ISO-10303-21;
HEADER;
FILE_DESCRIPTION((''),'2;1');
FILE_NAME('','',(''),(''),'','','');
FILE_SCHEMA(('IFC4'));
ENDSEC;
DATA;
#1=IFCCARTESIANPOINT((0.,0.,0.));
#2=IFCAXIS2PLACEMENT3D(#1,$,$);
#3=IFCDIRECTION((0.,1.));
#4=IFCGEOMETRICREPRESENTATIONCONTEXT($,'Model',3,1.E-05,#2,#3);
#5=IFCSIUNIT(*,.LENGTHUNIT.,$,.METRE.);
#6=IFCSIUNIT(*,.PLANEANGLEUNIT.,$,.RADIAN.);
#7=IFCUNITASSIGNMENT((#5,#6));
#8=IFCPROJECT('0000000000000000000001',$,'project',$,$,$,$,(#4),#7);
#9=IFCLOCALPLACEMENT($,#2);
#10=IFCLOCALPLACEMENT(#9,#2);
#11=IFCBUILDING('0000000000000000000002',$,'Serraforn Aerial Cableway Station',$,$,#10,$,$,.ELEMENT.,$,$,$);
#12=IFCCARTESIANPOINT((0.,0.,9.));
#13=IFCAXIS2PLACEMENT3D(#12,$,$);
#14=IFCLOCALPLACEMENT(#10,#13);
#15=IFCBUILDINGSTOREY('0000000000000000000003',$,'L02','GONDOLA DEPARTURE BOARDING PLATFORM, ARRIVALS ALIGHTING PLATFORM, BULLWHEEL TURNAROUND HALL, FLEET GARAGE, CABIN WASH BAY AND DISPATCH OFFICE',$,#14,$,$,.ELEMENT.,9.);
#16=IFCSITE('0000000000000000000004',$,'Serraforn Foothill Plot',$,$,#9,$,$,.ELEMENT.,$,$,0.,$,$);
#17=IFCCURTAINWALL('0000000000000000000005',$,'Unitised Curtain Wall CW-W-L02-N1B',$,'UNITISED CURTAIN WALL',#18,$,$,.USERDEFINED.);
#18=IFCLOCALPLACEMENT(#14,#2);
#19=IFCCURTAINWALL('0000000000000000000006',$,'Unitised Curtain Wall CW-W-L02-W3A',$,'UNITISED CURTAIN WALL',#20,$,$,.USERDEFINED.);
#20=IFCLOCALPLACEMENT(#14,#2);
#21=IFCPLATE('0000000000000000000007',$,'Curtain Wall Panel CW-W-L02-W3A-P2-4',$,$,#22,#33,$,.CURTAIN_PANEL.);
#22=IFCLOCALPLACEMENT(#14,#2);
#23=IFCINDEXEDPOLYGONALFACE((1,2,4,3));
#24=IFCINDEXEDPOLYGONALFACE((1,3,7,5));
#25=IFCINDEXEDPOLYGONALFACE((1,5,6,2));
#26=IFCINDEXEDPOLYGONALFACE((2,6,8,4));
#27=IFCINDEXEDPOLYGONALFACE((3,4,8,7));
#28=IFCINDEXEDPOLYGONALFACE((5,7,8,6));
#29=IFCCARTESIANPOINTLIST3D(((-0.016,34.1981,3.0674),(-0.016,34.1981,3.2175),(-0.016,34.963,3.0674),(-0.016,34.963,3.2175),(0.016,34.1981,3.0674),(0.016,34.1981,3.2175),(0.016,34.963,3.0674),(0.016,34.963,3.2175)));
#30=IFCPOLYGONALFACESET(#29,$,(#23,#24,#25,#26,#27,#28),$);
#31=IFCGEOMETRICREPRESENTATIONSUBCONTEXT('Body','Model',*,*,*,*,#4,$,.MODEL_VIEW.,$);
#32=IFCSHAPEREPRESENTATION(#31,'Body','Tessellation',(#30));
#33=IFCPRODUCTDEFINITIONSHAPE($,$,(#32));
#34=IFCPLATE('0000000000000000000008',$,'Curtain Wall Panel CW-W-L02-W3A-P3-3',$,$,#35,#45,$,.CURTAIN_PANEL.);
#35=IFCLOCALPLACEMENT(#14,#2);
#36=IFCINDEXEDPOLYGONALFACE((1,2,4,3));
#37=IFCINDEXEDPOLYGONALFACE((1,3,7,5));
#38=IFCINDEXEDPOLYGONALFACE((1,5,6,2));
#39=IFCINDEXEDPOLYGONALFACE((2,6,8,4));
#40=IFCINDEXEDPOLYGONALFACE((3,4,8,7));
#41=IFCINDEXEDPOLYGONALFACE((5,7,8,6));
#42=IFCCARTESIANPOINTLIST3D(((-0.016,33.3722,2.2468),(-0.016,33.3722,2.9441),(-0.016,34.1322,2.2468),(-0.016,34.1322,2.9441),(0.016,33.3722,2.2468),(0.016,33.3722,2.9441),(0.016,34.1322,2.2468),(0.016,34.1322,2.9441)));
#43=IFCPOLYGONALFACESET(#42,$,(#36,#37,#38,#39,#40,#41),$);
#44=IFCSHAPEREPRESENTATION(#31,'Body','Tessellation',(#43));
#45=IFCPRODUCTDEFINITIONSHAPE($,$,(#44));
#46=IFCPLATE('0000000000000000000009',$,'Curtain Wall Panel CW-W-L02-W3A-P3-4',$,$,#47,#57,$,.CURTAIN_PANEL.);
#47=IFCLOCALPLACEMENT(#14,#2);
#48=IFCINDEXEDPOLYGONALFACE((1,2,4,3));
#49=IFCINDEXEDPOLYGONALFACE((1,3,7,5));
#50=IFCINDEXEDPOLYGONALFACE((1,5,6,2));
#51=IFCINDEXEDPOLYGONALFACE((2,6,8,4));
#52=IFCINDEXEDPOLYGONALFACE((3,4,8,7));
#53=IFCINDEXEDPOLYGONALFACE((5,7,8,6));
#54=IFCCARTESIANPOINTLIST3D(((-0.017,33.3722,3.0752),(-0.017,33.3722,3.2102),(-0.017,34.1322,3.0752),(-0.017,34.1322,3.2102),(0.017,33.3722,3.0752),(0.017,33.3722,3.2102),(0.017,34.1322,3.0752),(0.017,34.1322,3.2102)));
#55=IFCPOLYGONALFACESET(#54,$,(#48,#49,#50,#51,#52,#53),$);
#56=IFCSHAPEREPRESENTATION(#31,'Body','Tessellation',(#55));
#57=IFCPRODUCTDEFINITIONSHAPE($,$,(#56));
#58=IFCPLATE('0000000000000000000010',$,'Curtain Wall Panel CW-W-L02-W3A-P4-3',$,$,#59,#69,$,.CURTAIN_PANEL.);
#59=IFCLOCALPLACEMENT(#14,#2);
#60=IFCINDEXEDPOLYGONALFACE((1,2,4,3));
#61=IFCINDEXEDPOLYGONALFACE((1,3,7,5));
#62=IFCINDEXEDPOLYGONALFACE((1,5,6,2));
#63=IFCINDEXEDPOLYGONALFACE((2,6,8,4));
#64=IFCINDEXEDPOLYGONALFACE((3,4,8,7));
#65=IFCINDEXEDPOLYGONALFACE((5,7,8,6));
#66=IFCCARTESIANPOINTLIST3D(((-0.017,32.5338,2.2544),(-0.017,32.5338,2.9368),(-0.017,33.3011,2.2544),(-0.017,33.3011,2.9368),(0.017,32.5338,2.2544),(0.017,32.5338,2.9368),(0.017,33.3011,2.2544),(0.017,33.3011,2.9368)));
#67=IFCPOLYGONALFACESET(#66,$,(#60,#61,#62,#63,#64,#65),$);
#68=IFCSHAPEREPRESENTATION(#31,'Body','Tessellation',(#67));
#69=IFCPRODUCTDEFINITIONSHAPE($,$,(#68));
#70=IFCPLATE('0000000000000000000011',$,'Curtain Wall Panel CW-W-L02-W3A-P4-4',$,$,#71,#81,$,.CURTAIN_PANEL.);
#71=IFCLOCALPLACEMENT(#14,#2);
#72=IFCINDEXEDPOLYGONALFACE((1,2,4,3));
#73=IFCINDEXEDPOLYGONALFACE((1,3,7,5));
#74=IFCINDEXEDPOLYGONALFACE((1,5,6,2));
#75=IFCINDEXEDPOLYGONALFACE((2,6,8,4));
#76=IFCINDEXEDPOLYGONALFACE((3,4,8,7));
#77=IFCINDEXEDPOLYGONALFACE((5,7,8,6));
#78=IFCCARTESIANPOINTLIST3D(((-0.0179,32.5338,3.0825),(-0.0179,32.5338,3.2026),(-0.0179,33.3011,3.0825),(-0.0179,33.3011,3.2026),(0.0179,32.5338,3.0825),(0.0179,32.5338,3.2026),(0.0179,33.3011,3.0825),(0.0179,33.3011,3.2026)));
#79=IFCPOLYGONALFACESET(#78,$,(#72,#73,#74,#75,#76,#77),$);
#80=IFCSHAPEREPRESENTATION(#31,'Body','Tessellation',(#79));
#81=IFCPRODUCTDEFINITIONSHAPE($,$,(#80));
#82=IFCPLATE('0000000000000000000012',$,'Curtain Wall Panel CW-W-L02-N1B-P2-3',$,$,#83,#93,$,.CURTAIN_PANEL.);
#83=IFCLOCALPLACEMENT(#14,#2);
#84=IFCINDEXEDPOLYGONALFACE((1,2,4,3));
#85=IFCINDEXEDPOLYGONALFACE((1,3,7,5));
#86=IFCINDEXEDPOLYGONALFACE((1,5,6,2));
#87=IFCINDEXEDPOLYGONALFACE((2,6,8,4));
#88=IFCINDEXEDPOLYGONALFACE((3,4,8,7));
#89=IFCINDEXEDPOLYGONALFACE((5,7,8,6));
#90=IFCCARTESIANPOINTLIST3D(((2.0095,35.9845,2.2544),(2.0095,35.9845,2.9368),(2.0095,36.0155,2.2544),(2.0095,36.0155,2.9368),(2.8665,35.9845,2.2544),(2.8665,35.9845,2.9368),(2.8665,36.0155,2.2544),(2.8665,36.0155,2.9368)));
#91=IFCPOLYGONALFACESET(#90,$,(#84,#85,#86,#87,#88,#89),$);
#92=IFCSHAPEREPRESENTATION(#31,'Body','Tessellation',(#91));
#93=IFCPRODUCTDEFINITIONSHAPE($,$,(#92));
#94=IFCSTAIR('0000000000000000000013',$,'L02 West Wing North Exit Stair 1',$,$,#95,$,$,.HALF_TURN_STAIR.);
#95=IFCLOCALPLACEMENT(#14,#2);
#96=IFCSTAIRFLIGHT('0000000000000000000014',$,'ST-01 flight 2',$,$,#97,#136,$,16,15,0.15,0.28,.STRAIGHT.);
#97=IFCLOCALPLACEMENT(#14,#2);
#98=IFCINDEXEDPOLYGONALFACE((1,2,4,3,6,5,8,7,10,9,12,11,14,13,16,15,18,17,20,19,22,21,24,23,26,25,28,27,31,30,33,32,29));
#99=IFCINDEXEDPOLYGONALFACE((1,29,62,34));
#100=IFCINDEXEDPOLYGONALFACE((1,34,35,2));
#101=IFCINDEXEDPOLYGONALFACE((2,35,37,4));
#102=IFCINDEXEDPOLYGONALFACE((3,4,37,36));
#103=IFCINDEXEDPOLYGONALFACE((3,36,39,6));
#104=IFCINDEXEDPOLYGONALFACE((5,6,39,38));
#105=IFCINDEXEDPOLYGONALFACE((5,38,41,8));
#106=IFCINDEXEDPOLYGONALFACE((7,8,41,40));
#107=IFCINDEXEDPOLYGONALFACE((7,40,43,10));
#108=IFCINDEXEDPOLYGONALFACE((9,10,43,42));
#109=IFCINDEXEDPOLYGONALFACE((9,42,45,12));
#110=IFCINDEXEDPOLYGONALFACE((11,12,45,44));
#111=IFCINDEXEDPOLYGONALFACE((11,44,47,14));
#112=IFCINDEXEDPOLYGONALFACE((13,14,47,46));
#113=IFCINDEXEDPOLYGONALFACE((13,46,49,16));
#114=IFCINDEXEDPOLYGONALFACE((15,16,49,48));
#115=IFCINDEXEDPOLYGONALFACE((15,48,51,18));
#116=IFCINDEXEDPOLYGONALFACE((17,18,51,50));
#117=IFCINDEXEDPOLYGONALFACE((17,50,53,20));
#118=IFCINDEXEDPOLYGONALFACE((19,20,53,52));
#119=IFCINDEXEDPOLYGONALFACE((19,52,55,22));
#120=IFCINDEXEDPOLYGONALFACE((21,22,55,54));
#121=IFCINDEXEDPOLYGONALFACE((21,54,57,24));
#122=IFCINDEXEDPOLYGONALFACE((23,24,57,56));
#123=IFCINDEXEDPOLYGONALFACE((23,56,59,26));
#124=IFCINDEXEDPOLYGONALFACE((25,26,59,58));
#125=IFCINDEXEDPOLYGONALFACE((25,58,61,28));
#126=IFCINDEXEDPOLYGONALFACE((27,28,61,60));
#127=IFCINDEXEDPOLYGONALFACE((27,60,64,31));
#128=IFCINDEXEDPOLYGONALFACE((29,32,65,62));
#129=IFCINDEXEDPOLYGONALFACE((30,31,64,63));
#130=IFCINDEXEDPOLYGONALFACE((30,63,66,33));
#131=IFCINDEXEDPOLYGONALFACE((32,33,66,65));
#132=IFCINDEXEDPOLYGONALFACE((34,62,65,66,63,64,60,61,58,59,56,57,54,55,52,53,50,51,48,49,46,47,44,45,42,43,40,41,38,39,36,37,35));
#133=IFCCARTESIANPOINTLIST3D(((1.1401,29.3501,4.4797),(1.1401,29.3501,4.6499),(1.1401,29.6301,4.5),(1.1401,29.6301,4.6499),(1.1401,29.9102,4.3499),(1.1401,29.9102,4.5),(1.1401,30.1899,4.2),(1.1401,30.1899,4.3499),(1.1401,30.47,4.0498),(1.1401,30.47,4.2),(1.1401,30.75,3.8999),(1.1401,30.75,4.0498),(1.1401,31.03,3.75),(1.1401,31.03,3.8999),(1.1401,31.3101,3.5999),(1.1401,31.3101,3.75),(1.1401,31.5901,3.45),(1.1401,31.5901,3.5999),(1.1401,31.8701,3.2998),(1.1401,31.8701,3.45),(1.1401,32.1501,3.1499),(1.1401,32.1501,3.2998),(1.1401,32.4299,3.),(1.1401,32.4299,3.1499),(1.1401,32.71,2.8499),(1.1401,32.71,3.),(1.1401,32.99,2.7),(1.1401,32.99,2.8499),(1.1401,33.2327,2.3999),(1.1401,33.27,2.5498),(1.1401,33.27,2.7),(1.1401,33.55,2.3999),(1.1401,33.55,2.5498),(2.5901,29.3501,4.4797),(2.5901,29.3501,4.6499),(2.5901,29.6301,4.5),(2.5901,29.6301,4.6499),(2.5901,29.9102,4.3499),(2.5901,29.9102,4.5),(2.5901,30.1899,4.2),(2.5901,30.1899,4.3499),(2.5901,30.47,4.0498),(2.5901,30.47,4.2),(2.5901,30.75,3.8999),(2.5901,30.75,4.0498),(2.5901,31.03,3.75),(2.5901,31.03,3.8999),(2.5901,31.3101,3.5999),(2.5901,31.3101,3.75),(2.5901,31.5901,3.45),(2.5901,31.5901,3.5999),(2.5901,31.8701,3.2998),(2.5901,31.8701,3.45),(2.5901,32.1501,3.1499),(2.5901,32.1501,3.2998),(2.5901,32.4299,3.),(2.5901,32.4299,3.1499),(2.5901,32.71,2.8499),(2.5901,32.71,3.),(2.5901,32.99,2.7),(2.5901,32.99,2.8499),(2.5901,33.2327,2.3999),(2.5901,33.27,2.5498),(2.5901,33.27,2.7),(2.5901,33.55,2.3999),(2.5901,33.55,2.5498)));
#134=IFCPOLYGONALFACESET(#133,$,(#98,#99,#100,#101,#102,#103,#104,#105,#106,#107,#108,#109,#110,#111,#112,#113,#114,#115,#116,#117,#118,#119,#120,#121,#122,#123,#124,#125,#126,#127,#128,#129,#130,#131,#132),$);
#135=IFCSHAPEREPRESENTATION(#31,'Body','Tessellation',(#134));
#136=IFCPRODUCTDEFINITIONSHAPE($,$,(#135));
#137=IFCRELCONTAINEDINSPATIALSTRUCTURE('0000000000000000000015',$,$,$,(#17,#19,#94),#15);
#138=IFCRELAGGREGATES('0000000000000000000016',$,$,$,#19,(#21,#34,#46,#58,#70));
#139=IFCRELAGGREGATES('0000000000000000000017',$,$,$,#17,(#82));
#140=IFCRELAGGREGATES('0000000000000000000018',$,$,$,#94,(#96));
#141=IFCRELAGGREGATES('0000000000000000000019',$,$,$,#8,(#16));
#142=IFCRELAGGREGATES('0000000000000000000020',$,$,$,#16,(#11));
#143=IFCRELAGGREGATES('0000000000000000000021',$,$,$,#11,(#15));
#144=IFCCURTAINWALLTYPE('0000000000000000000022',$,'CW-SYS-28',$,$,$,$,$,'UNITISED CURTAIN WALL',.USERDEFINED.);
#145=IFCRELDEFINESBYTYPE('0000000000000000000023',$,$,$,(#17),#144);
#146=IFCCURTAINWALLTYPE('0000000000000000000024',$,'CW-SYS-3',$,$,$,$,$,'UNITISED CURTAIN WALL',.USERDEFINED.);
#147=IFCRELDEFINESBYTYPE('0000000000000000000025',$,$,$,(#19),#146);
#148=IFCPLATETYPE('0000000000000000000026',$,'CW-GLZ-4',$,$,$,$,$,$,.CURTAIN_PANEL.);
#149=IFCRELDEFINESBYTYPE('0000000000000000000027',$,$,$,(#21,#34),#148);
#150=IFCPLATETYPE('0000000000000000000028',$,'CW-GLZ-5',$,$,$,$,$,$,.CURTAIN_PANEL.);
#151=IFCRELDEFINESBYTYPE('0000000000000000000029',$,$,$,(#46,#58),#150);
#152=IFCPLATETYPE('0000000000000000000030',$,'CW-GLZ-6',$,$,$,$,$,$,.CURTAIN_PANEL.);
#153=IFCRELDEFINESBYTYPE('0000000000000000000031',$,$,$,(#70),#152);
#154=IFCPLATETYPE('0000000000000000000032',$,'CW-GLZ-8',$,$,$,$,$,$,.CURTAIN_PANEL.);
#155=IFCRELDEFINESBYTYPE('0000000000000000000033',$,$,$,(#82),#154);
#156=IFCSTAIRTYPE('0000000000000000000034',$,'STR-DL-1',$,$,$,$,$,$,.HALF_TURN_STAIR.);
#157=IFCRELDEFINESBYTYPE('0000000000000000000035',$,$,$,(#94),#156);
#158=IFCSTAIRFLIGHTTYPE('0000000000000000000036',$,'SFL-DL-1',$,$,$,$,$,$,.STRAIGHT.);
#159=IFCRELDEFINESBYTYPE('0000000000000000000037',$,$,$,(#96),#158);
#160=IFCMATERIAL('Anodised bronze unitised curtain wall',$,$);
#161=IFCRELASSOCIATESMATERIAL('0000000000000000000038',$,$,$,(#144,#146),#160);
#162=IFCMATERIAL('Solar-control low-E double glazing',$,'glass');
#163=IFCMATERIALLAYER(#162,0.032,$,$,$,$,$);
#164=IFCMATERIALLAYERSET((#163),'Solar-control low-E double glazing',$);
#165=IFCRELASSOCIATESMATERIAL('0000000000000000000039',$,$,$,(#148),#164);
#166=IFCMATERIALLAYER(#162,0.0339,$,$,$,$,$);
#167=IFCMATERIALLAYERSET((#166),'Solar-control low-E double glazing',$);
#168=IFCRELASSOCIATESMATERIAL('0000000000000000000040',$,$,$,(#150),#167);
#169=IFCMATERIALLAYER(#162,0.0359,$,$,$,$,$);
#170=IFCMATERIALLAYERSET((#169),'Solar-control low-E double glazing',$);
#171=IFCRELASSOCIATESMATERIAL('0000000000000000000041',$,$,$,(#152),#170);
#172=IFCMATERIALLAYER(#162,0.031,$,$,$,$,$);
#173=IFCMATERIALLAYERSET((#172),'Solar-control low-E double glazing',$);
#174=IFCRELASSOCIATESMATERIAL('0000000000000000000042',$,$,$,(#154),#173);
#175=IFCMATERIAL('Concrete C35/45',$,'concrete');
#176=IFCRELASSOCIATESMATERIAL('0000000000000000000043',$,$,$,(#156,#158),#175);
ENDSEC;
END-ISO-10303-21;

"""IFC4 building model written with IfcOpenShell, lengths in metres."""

from ifc_helpers import new_model, si_unit, direction, frame, origin, origin_2d, place, context, subcontext, project, spatial, polyline, rectangle, outline, extrude, material, layer, layer_set, type_object, element, aggregate, save


model = new_model("IFC4")

# Units and contexts
model_context = context("Model", 3, precision=1e-05, world=origin(), true_north=direction((0.0, 1.0)))
body_context = subcontext(model_context, "Body", "Model", "MODEL_VIEW")
ifc_project = project(units=[si_unit("LENGTHUNIT", "METRE"), si_unit("PLANEANGLEUNIT", "RADIAN")], contexts=[model_context])

# Site, building, storey
site_placement = place(None, origin())
site = spatial("IfcSite", under=ifc_project, at=site_placement, Name="Serraforn Foothill Plot", CompositionType="ELEMENT", RefElevation=0.0)
building_placement = place(site_placement, origin())
building = spatial("IfcBuilding", under=site, at=building_placement, Name="Serraforn Aerial Cableway Station", CompositionType="ELEMENT")
storey_placement = place(building_placement, frame((0.0, 0.0, 9.0)))
storey = spatial("IfcBuildingStorey", under=building, at=storey_placement, Name="L02", Description="GONDOLA DEPARTURE BOARDING PLATFORM, ARRIVALS ALIGHTING PLATFORM, BULLWHEEL TURNAROUND HALL, FLEET GARAGE, CABIN WASH BAY AND DISPATCH OFFICE", CompositionType="ELEMENT", Elevation=9.0)

# Curtain walls
ifc_material_1 = material(Name="Anodised bronze unitised curtain wall")
curtain_wall_type_1 = type_object("IfcCurtainWallType", Name="CW-SYS-28", ElementType="UNITISED CURTAIN WALL", PredefinedType="USERDEFINED", material=ifc_material_1)
curtain_wall_1_placement = place(storey_placement, origin())
curtain_wall_1 = element("IfcCurtainWall", 1, at=curtain_wall_1_placement, inside=storey, type_object=curtain_wall_type_1, Name="Unitised Curtain Wall CW-W-L02-N1B", ObjectType="UNITISED CURTAIN WALL", PredefinedType="USERDEFINED")
curtain_wall_type_2 = type_object("IfcCurtainWallType", Name="CW-SYS-3", ElementType="UNITISED CURTAIN WALL", PredefinedType="USERDEFINED", material=ifc_material_1)
curtain_wall_2_placement = place(storey_placement, origin())
curtain_wall_2 = element("IfcCurtainWall", 2, at=curtain_wall_2_placement, inside=storey, type_object=curtain_wall_type_2, Name="Unitised Curtain Wall CW-W-L02-W3A", ObjectType="UNITISED CURTAIN WALL", PredefinedType="USERDEFINED")

# Plates
ifc_material_2 = material(Name="Solar-control low-E double glazing", Category="glass")
ifc_layer_1 = layer(ifc_material_2, 0.032)
ifc_layer_set_1 = layer_set([ifc_layer_1], Name="Solar-control low-E double glazing")
plate_type_1 = type_object("IfcPlateType", Name="CW-GLZ-4", PredefinedType="CURTAIN_PANEL", material=ifc_layer_set_1)
plate_1_placement = place(storey_placement, frame((0.0, 34.5806, 3.0674), z_axis=(0.0, 0.0, 1.0), x_axis=(1.0, 0.0, 0.0)))
plate_1 = element("IfcPlate", 3, at=plate_1_placement, type_object=plate_type_1, Name="Curtain Wall Panel CW-W-L02-W3A-P2-4", PredefinedType="CURTAIN_PANEL", context=body_context, shape_type="SweptSolid", body=[
    extrude(rectangle(XDim=0.032, YDim=0.7649, at=origin_2d()), origin(), (0.0, 0.0, 1.0), 0.1501),
])
plate_2_placement = place(storey_placement, frame((0.0, 33.7522, 2.2468), z_axis=(0.0, 0.0, 1.0), x_axis=(1.0, 0.0, 0.0)))
plate_2 = element("IfcPlate", 4, at=plate_2_placement, type_object=plate_type_1, Name="Curtain Wall Panel CW-W-L02-W3A-P3-3", PredefinedType="CURTAIN_PANEL", context=body_context, shape_type="SweptSolid", body=[
    extrude(rectangle(XDim=0.032, YDim=0.76, at=origin_2d()), origin(), (0.0, 0.0, 1.0), 0.6973),
])
ifc_layer_2 = layer(ifc_material_2, 0.0339)
ifc_layer_set_2 = layer_set([ifc_layer_2], Name="Solar-control low-E double glazing")
plate_type_2 = type_object("IfcPlateType", Name="CW-GLZ-5", PredefinedType="CURTAIN_PANEL", material=ifc_layer_set_2)
plate_3_placement = place(storey_placement, frame((0.0, 33.7522, 3.0752), z_axis=(0.0, 0.0, 1.0), x_axis=(1.0, 0.0, 0.0)))
plate_3 = element("IfcPlate", 5, at=plate_3_placement, type_object=plate_type_2, Name="Curtain Wall Panel CW-W-L02-W3A-P3-4", PredefinedType="CURTAIN_PANEL", context=body_context, shape_type="SweptSolid", body=[
    extrude(rectangle(XDim=0.0339, YDim=0.76, at=origin_2d()), origin(), (0.0, 0.0, 1.0), 0.135),
])
plate_4_placement = place(storey_placement, frame((0.0, 32.9175, 2.2544), z_axis=(0.0, 0.0, 1.0), x_axis=(1.0, 0.0, 0.0)))
plate_4 = element("IfcPlate", 6, at=plate_4_placement, type_object=plate_type_2, Name="Curtain Wall Panel CW-W-L02-W3A-P4-3", PredefinedType="CURTAIN_PANEL", context=body_context, shape_type="SweptSolid", body=[
    extrude(rectangle(XDim=0.0339, YDim=0.7673, at=origin_2d()), origin(), (0.0, 0.0, 1.0), 0.6824),
])
ifc_layer_3 = layer(ifc_material_2, 0.0359)
ifc_layer_set_3 = layer_set([ifc_layer_3], Name="Solar-control low-E double glazing")
plate_type_3 = type_object("IfcPlateType", Name="CW-GLZ-6", PredefinedType="CURTAIN_PANEL", material=ifc_layer_set_3)
plate_5_placement = place(storey_placement, frame((0.0, 32.9175, 3.0825), z_axis=(0.0, 0.0, 1.0), x_axis=(1.0, 0.0, 0.0)))
plate_5 = element("IfcPlate", 7, at=plate_5_placement, type_object=plate_type_3, Name="Curtain Wall Panel CW-W-L02-W3A-P4-4", PredefinedType="CURTAIN_PANEL", context=body_context, shape_type="SweptSolid", body=[
    extrude(rectangle(XDim=0.0359, YDim=0.7673, at=origin_2d()), origin(), (0.0, 0.0, 1.0), 0.1201),
])
aggregate(curtain_wall_2, [plate_1, plate_2, plate_3, plate_4, plate_5])
ifc_layer_4 = layer(ifc_material_2, 0.031)
ifc_layer_set_4 = layer_set([ifc_layer_4], Name="Solar-control low-E double glazing")
plate_type_4 = type_object("IfcPlateType", Name="CW-GLZ-8", PredefinedType="CURTAIN_PANEL", material=ifc_layer_set_4)
plate_6_placement = place(storey_placement, frame((2.438, 36.0, 2.2544), z_axis=(0.0, 0.0, 1.0), x_axis=(1.0, 0.0, 0.0)))
plate_6 = element("IfcPlate", 8, at=plate_6_placement, type_object=plate_type_4, Name="Curtain Wall Panel CW-W-L02-N1B-P2-3", PredefinedType="CURTAIN_PANEL", context=body_context, shape_type="SweptSolid", body=[
    extrude(rectangle(XDim=0.8569, YDim=0.031, at=origin_2d()), origin(), (0.0, 0.0, 1.0), 0.6824),
])
aggregate(curtain_wall_1, [plate_6])

# Stair, stair flight
ifc_material_3 = material(Name="Concrete C35/45", Category="concrete")
stair_type = type_object("IfcStairType", Name="STR-DL-1", PredefinedType="HALF_TURN_STAIR", material=ifc_material_3)
stair_placement = place(storey_placement, origin())
stair = element("IfcStair", 9, at=stair_placement, inside=storey, type_object=stair_type, Name="L02 West Wing North Exit Stair 1", PredefinedType="HALF_TURN_STAIR")
stair_flight_type = type_object("IfcStairFlightType", Name="SFL-DL-1", PredefinedType="STRAIGHT", material=ifc_material_3)
stair_flight_placement = place(storey_placement, frame((1.865, 33.55, 2.3999), z_axis=(0.0, 0.0, 1.0), x_axis=(0.0, -1.0, 0.0)))
stair_flight = element("IfcStairFlight", 10, at=stair_flight_placement, type_object=stair_flight_type, Name="ST-01 flight 2", NumberOfRisers=16, NumberOfTreads=15, PredefinedType="STRAIGHT", RiserHeight=0.15, TreadLength=0.28, context=body_context, shape_type="SweptSolid", body=[
    extrude(outline(polyline([(0.0, 0.0), (0.0, 0.1499), (0.28, 0.1499), (0.28, 0.3), (0.5601, 0.3), (0.5601, 0.45), (0.8401, 0.45), (0.8401, 0.6001), (1.1201, 0.6001), (1.1201, 0.75), (1.3999, 0.75), (1.3999, 0.8999), (1.6799, 0.8999), (1.6799, 1.05), (1.96, 1.05), (1.96, 1.2), (2.24, 1.2), (2.24, 1.3501), (2.52, 1.3501), (2.52, 1.5), (2.8, 1.5), (2.8, 1.6499), (3.0801, 1.6499), (3.0801, 1.8), (3.3601, 1.8), (3.3601, 1.95), (3.6399, 1.95), (3.6399, 2.1001), (3.9199, 2.1001), (3.9199, 2.25), (4.2, 2.25), (4.2, 2.3999), (4.2, 2.0798), (0.3174, 0.0), (0.0, 0.0)])), frame((0.0, 0.7251, 0.0), z_axis=(0.0, -1.0, 0.0), x_axis=(1.0, 0.0, 0.0)), (0.0, 0.0, 1.0), 1.45),
])
aggregate(stair, [stair_flight])

save(model, "model.ifc")
